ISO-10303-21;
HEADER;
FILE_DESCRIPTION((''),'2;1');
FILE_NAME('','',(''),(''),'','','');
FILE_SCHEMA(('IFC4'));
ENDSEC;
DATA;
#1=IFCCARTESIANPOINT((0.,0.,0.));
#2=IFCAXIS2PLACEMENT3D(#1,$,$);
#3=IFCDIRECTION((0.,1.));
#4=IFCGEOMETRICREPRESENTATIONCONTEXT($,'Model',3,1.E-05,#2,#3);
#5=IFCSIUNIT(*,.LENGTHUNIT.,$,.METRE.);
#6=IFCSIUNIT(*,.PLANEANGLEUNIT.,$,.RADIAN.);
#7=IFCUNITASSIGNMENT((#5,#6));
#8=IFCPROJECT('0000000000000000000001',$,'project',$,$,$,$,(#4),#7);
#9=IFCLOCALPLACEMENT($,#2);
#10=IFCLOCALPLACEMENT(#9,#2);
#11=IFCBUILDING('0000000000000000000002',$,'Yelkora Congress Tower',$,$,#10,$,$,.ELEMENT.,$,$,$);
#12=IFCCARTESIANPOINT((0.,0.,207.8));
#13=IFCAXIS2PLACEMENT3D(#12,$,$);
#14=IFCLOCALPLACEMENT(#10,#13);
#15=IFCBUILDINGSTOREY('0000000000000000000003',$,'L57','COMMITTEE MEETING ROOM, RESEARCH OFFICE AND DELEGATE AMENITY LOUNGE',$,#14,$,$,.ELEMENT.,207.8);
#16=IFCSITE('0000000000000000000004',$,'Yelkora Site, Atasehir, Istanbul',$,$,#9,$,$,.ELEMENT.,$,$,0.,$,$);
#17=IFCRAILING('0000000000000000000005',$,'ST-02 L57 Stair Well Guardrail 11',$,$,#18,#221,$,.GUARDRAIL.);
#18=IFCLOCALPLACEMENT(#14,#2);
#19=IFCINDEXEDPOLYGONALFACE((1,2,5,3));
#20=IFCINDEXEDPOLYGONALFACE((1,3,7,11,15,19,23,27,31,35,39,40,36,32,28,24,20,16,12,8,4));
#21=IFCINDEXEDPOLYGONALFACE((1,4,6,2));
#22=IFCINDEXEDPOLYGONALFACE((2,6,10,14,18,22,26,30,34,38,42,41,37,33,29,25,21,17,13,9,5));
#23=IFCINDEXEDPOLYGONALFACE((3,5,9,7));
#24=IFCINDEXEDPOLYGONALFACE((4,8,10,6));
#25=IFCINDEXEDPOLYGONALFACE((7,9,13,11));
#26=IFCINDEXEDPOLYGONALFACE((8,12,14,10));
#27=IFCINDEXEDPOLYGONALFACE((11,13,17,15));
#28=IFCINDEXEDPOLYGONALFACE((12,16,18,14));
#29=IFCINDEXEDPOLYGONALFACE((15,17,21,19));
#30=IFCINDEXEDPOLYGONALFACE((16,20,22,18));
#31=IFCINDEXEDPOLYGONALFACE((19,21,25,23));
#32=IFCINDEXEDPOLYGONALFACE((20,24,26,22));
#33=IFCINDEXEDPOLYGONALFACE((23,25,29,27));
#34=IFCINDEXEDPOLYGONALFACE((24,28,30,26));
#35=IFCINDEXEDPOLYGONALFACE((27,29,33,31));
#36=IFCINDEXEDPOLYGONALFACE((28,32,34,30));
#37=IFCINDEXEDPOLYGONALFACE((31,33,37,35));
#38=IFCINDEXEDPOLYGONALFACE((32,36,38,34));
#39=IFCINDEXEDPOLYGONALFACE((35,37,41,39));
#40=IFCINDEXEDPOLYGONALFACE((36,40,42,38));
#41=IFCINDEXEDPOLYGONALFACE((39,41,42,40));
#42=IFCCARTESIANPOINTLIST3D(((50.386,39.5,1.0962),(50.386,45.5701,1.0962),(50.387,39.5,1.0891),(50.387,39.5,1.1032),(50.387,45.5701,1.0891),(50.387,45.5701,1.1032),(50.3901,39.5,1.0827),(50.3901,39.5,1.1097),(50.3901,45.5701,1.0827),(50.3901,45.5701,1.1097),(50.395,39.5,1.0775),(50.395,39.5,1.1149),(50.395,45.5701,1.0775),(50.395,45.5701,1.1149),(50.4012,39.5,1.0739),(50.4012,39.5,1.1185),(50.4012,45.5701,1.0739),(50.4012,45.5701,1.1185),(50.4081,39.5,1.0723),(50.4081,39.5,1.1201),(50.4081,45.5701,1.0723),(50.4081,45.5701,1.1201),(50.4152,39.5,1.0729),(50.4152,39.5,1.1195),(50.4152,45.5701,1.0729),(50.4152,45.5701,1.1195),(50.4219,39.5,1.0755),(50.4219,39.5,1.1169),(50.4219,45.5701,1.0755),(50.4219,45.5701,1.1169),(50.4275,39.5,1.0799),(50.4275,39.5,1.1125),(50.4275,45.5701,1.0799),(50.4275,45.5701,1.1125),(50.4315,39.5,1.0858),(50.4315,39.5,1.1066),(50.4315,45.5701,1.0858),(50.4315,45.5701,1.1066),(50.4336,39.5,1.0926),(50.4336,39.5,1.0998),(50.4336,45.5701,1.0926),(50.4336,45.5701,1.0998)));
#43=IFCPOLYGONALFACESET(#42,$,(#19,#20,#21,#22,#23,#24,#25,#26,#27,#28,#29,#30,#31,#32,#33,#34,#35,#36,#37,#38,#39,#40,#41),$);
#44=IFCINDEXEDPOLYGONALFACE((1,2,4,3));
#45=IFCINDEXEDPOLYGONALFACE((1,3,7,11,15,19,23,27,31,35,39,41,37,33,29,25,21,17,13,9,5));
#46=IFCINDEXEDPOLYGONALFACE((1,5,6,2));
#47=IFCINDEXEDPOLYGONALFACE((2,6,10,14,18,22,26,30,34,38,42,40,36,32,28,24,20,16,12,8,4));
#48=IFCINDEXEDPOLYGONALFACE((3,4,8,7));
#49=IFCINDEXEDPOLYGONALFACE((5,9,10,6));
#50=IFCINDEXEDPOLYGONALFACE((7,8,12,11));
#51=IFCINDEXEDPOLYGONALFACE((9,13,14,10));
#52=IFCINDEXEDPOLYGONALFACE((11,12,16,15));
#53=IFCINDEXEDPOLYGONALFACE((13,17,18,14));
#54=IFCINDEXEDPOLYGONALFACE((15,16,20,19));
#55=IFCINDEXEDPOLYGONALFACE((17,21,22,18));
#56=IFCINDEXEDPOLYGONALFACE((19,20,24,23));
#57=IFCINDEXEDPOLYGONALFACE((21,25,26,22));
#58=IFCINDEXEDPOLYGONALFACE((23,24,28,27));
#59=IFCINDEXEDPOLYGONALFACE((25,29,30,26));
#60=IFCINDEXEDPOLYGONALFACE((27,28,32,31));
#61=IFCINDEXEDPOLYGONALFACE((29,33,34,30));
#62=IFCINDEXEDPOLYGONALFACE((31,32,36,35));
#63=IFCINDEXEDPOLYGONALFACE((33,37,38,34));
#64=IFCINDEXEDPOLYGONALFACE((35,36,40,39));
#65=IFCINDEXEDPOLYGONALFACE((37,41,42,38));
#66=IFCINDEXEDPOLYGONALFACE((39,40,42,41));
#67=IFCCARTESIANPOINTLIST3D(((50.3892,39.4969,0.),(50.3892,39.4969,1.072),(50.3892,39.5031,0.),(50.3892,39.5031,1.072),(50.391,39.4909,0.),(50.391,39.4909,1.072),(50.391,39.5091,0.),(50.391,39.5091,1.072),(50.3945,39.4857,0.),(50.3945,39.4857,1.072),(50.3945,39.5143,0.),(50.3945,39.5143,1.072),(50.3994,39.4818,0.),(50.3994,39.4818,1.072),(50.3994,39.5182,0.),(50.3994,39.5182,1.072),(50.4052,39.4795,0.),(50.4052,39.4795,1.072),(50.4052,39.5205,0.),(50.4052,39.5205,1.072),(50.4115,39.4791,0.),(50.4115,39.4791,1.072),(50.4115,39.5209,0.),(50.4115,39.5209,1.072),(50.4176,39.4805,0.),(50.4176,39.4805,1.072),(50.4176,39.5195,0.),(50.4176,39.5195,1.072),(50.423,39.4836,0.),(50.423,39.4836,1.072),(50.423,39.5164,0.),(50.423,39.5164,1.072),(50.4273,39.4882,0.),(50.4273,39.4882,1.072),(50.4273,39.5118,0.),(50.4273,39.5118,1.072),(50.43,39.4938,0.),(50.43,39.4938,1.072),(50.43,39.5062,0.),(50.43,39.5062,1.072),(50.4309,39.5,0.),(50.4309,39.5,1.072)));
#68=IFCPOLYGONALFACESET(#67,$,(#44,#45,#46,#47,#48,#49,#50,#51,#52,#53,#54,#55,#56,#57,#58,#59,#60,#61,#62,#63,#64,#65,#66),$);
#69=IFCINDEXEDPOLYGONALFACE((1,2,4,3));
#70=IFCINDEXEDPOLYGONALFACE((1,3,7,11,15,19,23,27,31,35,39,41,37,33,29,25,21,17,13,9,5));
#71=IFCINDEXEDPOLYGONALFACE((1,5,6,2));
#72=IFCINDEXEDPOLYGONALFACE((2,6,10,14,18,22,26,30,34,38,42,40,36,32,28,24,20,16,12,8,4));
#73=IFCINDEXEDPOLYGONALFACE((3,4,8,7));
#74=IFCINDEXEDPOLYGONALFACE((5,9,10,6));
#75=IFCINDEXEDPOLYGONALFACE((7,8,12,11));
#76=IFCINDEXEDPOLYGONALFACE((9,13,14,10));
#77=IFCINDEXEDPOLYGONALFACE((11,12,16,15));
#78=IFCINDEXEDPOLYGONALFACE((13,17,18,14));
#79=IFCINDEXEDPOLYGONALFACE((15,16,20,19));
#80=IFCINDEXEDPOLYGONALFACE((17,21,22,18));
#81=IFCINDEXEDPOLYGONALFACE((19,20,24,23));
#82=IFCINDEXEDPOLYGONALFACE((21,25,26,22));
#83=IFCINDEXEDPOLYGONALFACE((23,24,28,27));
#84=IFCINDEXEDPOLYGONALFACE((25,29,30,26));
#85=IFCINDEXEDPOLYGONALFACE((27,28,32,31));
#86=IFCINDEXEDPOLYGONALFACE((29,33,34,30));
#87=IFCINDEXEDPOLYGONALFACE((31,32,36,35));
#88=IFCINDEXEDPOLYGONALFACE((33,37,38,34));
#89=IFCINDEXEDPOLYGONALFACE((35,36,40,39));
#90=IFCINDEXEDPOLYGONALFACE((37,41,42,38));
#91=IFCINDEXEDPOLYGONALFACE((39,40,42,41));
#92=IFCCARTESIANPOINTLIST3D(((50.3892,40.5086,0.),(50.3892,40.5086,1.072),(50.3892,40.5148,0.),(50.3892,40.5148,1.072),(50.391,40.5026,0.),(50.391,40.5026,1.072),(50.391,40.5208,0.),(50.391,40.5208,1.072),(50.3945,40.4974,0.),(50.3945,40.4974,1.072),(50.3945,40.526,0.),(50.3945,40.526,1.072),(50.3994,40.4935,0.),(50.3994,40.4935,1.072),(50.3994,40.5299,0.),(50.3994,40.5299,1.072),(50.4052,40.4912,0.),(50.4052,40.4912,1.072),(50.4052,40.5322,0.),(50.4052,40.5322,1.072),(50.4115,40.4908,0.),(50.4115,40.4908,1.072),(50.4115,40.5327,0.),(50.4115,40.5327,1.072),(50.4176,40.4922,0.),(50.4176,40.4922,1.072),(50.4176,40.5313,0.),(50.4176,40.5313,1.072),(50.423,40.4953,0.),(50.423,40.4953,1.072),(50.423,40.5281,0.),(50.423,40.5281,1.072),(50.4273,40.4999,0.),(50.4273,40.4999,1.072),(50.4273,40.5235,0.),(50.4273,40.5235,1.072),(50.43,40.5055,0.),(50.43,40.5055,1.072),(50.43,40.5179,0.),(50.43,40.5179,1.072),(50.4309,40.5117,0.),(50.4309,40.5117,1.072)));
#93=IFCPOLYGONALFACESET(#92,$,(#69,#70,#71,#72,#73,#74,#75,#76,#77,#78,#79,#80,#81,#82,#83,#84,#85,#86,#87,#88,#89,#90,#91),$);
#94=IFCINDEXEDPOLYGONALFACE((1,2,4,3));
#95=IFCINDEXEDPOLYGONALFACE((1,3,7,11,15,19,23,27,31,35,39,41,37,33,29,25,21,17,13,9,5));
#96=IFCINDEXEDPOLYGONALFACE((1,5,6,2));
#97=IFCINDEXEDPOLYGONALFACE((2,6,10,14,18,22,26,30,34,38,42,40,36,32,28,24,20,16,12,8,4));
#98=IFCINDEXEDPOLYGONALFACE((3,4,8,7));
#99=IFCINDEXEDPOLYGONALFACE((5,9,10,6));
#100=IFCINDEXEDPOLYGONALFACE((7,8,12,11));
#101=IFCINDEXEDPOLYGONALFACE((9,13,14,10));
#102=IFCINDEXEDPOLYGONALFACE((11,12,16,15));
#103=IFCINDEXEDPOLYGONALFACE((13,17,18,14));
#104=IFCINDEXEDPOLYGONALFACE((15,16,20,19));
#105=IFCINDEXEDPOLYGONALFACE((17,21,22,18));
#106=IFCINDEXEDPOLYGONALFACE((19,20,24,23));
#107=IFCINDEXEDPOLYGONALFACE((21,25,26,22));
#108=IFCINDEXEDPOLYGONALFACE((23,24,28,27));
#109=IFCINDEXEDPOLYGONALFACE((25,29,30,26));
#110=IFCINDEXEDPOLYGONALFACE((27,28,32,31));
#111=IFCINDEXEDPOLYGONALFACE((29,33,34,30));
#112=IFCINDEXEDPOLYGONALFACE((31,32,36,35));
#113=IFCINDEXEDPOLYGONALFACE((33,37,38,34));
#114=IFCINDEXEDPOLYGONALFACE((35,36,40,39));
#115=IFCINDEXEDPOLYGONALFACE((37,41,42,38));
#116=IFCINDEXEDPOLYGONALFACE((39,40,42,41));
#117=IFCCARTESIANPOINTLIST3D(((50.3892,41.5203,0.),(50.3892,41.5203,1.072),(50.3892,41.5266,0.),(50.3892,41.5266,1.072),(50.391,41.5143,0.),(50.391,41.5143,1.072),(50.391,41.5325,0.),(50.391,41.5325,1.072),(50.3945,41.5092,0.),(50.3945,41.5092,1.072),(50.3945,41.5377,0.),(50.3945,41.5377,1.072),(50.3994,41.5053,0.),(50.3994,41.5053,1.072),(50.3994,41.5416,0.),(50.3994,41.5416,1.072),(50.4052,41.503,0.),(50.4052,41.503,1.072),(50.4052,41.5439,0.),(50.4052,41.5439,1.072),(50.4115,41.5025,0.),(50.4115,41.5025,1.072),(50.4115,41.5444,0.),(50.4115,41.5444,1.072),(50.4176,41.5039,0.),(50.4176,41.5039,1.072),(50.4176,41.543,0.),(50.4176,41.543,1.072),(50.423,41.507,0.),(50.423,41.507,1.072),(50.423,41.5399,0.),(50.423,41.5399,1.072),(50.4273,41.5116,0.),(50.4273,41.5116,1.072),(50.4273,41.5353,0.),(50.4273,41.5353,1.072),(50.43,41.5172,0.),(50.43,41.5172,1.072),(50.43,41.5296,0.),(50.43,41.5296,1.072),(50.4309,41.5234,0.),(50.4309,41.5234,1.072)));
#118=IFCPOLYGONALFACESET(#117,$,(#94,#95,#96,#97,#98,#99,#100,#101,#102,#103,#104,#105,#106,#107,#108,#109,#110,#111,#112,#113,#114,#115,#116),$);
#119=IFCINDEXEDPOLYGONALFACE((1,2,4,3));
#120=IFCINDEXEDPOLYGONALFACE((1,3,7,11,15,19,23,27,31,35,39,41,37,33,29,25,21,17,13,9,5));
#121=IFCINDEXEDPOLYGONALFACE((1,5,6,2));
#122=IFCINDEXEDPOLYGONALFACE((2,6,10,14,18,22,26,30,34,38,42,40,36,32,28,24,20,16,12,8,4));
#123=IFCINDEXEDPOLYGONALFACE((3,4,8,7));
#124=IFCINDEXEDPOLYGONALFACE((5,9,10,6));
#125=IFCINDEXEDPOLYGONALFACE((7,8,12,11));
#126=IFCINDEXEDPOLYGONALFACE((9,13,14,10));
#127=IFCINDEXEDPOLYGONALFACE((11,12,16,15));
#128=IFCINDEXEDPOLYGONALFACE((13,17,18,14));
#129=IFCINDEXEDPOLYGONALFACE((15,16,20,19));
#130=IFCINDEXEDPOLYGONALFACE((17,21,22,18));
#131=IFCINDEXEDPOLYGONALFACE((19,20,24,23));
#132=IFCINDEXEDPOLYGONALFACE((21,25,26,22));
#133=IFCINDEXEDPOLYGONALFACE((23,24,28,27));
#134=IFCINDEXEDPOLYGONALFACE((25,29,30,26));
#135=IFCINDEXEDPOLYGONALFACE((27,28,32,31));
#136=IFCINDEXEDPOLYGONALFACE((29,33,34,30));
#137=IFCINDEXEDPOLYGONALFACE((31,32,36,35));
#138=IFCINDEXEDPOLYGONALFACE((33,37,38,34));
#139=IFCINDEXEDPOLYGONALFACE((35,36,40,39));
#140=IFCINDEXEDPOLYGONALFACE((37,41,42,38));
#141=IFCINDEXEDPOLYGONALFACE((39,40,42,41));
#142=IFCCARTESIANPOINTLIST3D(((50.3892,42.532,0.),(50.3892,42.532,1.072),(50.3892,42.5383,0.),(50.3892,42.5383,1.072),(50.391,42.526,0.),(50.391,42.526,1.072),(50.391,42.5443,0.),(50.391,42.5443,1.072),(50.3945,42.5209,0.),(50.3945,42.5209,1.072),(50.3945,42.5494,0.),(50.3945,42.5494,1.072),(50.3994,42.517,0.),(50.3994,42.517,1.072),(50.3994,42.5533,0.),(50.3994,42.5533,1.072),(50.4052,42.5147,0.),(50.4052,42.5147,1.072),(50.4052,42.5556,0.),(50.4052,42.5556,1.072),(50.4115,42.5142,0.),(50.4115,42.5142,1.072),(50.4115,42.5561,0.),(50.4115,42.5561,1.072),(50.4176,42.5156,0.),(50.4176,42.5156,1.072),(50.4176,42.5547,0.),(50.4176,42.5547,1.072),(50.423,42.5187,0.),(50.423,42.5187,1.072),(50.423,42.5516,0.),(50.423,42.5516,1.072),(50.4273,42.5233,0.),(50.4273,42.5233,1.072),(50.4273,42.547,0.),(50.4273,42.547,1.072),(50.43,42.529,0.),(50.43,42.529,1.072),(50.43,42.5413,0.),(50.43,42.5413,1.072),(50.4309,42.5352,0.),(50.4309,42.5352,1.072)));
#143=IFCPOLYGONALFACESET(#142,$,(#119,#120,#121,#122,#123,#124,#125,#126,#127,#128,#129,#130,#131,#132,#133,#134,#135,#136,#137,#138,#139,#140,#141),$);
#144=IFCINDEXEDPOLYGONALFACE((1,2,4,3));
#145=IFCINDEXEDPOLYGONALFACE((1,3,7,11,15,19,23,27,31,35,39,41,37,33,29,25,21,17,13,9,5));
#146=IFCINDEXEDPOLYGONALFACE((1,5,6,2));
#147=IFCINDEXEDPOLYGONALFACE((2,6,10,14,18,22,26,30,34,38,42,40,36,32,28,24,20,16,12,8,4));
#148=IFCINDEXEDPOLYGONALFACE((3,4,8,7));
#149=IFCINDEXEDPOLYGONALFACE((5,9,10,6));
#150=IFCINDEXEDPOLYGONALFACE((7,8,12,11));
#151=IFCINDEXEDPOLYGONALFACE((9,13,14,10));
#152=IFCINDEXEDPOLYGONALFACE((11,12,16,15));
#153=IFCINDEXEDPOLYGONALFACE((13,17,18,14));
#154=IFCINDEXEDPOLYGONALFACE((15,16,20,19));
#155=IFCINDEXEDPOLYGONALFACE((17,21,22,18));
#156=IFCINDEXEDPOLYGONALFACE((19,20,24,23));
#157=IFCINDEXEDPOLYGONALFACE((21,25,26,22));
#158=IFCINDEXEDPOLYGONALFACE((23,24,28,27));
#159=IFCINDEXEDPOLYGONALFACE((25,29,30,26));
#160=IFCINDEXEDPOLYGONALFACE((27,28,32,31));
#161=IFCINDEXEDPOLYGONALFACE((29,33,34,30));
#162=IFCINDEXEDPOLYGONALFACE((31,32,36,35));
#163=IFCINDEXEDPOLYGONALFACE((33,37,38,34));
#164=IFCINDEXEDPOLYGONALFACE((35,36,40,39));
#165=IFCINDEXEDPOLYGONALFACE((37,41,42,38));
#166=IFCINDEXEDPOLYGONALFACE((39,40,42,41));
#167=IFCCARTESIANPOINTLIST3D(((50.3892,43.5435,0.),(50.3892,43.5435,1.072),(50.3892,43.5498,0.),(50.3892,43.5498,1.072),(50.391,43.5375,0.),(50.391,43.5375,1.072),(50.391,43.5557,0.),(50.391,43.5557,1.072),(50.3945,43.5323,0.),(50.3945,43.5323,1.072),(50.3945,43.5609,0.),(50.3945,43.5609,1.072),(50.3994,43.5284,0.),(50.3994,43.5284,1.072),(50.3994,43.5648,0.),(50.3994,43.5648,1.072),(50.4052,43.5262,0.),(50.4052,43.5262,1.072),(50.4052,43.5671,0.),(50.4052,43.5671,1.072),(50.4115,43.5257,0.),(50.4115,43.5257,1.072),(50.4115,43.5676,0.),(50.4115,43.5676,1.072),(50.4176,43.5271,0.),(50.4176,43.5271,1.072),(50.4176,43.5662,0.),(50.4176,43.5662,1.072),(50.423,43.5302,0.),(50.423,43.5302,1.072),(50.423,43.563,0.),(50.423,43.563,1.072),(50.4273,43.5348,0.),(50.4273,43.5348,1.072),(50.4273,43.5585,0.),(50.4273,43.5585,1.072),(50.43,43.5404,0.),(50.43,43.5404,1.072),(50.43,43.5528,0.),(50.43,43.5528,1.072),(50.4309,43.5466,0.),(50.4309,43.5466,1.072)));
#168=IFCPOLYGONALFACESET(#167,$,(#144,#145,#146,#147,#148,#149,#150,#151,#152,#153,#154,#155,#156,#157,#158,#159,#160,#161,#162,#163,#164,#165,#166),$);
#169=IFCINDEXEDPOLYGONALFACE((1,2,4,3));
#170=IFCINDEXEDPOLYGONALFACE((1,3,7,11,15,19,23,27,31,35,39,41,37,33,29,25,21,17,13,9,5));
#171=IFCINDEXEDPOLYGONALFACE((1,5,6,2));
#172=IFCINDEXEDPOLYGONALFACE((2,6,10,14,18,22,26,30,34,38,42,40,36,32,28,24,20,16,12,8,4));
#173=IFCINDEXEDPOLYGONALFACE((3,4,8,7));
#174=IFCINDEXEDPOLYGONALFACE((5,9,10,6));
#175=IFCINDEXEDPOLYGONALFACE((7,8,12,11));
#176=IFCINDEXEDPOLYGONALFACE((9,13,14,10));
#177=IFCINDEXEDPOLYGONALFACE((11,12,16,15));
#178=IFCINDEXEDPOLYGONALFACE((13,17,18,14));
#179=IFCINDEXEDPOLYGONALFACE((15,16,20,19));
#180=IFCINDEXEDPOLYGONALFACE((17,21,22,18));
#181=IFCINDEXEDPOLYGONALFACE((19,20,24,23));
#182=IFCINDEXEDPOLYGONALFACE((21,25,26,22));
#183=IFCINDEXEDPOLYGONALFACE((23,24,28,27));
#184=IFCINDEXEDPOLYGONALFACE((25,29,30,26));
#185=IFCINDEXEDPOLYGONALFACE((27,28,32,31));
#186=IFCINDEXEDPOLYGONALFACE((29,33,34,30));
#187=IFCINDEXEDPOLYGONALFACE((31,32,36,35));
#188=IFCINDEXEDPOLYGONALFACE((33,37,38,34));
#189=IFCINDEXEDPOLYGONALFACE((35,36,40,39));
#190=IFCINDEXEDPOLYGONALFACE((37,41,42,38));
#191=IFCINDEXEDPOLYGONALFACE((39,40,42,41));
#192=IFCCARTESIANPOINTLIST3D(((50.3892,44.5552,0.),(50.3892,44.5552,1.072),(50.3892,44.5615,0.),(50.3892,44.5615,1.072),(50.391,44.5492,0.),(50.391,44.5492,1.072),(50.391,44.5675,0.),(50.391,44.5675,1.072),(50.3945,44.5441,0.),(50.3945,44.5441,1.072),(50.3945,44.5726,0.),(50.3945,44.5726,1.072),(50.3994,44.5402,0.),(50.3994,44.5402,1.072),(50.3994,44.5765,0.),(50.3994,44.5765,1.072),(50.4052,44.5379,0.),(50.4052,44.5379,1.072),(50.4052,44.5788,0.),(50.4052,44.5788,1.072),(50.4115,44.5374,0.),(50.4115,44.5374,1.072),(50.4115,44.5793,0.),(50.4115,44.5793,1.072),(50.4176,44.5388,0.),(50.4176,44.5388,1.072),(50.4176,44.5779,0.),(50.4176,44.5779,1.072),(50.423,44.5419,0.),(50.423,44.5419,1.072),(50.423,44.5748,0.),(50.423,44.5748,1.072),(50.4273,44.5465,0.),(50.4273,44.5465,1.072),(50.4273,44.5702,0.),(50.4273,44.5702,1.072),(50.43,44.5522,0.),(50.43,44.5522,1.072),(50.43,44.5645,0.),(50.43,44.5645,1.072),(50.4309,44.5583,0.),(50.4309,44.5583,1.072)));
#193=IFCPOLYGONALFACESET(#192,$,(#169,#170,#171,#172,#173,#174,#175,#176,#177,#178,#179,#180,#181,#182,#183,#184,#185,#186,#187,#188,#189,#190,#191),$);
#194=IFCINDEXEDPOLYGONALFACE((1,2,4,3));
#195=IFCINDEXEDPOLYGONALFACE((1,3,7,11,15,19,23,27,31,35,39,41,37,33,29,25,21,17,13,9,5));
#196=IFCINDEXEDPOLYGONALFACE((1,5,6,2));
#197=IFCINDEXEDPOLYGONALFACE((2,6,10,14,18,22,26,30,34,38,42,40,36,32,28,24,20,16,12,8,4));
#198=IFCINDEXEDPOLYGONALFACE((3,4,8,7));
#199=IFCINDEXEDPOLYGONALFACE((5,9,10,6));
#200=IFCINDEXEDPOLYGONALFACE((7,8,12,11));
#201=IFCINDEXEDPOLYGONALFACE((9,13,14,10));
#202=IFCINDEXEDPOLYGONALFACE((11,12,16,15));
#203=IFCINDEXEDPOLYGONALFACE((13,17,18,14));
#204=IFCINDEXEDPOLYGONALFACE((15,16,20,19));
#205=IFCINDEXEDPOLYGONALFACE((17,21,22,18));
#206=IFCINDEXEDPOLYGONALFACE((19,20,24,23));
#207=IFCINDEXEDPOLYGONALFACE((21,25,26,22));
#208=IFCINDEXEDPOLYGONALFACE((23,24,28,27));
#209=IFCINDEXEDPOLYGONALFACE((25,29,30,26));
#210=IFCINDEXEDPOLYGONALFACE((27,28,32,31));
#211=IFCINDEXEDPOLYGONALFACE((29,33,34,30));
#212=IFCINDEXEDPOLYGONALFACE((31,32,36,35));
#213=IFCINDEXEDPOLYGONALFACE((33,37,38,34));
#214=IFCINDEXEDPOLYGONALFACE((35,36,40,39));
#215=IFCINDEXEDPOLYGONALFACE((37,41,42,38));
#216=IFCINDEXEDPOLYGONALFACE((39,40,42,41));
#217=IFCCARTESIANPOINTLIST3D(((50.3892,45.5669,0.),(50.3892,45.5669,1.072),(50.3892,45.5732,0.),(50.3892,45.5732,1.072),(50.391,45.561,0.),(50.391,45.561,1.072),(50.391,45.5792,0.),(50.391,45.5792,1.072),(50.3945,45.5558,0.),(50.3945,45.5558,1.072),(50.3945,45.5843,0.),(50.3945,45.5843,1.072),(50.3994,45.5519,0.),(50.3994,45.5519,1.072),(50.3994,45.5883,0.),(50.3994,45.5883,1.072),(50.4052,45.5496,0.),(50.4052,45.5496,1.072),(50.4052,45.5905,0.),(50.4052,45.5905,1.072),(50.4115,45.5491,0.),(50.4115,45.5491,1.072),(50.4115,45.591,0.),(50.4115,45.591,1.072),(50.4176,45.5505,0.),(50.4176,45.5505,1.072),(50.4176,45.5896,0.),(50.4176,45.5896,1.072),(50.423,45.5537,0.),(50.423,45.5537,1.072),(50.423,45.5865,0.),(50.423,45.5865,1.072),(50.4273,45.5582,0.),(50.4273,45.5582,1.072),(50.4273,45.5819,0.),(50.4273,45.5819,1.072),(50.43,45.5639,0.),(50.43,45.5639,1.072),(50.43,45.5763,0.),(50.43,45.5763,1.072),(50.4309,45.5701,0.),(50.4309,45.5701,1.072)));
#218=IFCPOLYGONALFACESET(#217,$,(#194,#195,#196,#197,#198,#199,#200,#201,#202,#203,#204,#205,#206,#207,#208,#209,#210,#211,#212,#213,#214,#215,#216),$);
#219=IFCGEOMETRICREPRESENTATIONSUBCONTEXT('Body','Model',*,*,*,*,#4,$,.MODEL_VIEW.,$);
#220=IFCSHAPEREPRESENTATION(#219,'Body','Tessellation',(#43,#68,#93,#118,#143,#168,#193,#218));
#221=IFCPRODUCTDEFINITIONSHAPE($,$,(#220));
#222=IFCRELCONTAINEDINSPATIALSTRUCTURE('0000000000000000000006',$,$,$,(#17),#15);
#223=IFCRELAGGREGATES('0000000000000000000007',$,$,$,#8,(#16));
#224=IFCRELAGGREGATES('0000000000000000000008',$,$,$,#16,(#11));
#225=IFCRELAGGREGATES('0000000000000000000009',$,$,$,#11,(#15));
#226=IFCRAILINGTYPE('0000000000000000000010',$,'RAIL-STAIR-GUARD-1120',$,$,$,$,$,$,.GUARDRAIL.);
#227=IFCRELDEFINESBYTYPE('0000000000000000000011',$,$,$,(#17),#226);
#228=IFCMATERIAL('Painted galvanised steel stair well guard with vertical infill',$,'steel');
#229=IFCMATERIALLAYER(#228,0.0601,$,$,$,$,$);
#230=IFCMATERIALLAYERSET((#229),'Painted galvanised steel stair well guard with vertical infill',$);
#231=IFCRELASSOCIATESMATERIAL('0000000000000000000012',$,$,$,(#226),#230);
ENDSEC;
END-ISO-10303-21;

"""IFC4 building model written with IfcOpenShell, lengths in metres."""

from ifc_helpers import new_model, si_unit, direction, frame, origin, origin_2d, place, context, subcontext, project, spatial, circle, extrude, material, layer, layer_set, type_object, element, save


model = new_model("IFC4")

# Units and contexts
model_context = context("Model", 3, precision=1e-05, world=origin(), true_north=direction((0.0, 1.0)))
body_context = subcontext(model_context, "Body", "Model", "MODEL_VIEW")
ifc_project = project(units=[si_unit("LENGTHUNIT", "METRE"), si_unit("PLANEANGLEUNIT", "RADIAN")], contexts=[model_context])

# Site, building, storey
site_placement = place(None, origin())
site = spatial("IfcSite", under=ifc_project, at=site_placement, Name="Yelkora Site, Atasehir, Istanbul", CompositionType="ELEMENT", RefElevation=0.0)
building_placement = place(site_placement, origin())
building = spatial("IfcBuilding", under=site, at=building_placement, Name="Yelkora Congress Tower", CompositionType="ELEMENT")
storey_placement = place(building_placement, frame((0.0, 0.0, 207.8)))
storey = spatial("IfcBuildingStorey", under=building, at=storey_placement, Name="L57", Description="COMMITTEE MEETING ROOM, RESEARCH OFFICE AND DELEGATE AMENITY LOUNGE", CompositionType="ELEMENT", Elevation=207.8)

# Railing
ifc_material_1 = material(Name="Painted galvanised steel stair well guard with vertical infill", Category="steel")
ifc_layer_1 = layer(ifc_material_1, 0.0601)
ifc_layer_set_1 = layer_set([ifc_layer_1], Name="Painted galvanised steel stair well guard with vertical infill")
railing_type_1 = type_object("IfcRailingType", Name="RAIL-STAIR-GUARD-1120", PredefinedType="GUARDRAIL", material=ifc_layer_set_1)
railing_1_placement = place(storey_placement, frame((50.4099, 39.5, 0.0)))
element("IfcRailing", 1, at=railing_1_placement, inside=storey, type_object=railing_type_1, Name="ST-02 L57 Stair Well Guardrail 11", PredefinedType="GUARDRAIL", context=body_context, shape_type="SweptSolid", body=[
    extrude(circle(Radius=0.0239, at=origin_2d()), frame((0.0, 0.0, 1.0962), z_axis=(0.0, 1.0, 0.0), x_axis=(-1.0, 0.0, 0.0)), (0.0, 0.0, 1.0), 6.0701),
    extrude(circle(Radius=0.021, at=origin_2d()), origin(), (0.0, 0.0, 1.0), 1.072),
    extrude(circle(Radius=0.021, at=origin_2d()), frame((0.0, 1.0117, 0.0)), (0.0, 0.0, 1.0), 1.072),
    extrude(circle(Radius=0.021, at=origin_2d()), frame((0.0, 2.0234, 0.0)), (0.0, 0.0, 1.0), 1.072),
    extrude(circle(Radius=0.021, at=origin_2d()), frame((0.0, 3.0352, 0.0)), (0.0, 0.0, 1.0), 1.072),
    extrude(circle(Radius=0.021, at=origin_2d()), frame((0.0, 4.0466, 0.0)), (0.0, 0.0, 1.0), 1.072),
    extrude(circle(Radius=0.021, at=origin_2d()), frame((0.0, 5.0583, 0.0)), (0.0, 0.0, 1.0), 1.072),
    extrude(circle(Radius=0.021, at=origin_2d()), frame((0.0, 6.0701, 0.0)), (0.0, 0.0, 1.0), 1.072),
])

save(model, "model.ifc")
